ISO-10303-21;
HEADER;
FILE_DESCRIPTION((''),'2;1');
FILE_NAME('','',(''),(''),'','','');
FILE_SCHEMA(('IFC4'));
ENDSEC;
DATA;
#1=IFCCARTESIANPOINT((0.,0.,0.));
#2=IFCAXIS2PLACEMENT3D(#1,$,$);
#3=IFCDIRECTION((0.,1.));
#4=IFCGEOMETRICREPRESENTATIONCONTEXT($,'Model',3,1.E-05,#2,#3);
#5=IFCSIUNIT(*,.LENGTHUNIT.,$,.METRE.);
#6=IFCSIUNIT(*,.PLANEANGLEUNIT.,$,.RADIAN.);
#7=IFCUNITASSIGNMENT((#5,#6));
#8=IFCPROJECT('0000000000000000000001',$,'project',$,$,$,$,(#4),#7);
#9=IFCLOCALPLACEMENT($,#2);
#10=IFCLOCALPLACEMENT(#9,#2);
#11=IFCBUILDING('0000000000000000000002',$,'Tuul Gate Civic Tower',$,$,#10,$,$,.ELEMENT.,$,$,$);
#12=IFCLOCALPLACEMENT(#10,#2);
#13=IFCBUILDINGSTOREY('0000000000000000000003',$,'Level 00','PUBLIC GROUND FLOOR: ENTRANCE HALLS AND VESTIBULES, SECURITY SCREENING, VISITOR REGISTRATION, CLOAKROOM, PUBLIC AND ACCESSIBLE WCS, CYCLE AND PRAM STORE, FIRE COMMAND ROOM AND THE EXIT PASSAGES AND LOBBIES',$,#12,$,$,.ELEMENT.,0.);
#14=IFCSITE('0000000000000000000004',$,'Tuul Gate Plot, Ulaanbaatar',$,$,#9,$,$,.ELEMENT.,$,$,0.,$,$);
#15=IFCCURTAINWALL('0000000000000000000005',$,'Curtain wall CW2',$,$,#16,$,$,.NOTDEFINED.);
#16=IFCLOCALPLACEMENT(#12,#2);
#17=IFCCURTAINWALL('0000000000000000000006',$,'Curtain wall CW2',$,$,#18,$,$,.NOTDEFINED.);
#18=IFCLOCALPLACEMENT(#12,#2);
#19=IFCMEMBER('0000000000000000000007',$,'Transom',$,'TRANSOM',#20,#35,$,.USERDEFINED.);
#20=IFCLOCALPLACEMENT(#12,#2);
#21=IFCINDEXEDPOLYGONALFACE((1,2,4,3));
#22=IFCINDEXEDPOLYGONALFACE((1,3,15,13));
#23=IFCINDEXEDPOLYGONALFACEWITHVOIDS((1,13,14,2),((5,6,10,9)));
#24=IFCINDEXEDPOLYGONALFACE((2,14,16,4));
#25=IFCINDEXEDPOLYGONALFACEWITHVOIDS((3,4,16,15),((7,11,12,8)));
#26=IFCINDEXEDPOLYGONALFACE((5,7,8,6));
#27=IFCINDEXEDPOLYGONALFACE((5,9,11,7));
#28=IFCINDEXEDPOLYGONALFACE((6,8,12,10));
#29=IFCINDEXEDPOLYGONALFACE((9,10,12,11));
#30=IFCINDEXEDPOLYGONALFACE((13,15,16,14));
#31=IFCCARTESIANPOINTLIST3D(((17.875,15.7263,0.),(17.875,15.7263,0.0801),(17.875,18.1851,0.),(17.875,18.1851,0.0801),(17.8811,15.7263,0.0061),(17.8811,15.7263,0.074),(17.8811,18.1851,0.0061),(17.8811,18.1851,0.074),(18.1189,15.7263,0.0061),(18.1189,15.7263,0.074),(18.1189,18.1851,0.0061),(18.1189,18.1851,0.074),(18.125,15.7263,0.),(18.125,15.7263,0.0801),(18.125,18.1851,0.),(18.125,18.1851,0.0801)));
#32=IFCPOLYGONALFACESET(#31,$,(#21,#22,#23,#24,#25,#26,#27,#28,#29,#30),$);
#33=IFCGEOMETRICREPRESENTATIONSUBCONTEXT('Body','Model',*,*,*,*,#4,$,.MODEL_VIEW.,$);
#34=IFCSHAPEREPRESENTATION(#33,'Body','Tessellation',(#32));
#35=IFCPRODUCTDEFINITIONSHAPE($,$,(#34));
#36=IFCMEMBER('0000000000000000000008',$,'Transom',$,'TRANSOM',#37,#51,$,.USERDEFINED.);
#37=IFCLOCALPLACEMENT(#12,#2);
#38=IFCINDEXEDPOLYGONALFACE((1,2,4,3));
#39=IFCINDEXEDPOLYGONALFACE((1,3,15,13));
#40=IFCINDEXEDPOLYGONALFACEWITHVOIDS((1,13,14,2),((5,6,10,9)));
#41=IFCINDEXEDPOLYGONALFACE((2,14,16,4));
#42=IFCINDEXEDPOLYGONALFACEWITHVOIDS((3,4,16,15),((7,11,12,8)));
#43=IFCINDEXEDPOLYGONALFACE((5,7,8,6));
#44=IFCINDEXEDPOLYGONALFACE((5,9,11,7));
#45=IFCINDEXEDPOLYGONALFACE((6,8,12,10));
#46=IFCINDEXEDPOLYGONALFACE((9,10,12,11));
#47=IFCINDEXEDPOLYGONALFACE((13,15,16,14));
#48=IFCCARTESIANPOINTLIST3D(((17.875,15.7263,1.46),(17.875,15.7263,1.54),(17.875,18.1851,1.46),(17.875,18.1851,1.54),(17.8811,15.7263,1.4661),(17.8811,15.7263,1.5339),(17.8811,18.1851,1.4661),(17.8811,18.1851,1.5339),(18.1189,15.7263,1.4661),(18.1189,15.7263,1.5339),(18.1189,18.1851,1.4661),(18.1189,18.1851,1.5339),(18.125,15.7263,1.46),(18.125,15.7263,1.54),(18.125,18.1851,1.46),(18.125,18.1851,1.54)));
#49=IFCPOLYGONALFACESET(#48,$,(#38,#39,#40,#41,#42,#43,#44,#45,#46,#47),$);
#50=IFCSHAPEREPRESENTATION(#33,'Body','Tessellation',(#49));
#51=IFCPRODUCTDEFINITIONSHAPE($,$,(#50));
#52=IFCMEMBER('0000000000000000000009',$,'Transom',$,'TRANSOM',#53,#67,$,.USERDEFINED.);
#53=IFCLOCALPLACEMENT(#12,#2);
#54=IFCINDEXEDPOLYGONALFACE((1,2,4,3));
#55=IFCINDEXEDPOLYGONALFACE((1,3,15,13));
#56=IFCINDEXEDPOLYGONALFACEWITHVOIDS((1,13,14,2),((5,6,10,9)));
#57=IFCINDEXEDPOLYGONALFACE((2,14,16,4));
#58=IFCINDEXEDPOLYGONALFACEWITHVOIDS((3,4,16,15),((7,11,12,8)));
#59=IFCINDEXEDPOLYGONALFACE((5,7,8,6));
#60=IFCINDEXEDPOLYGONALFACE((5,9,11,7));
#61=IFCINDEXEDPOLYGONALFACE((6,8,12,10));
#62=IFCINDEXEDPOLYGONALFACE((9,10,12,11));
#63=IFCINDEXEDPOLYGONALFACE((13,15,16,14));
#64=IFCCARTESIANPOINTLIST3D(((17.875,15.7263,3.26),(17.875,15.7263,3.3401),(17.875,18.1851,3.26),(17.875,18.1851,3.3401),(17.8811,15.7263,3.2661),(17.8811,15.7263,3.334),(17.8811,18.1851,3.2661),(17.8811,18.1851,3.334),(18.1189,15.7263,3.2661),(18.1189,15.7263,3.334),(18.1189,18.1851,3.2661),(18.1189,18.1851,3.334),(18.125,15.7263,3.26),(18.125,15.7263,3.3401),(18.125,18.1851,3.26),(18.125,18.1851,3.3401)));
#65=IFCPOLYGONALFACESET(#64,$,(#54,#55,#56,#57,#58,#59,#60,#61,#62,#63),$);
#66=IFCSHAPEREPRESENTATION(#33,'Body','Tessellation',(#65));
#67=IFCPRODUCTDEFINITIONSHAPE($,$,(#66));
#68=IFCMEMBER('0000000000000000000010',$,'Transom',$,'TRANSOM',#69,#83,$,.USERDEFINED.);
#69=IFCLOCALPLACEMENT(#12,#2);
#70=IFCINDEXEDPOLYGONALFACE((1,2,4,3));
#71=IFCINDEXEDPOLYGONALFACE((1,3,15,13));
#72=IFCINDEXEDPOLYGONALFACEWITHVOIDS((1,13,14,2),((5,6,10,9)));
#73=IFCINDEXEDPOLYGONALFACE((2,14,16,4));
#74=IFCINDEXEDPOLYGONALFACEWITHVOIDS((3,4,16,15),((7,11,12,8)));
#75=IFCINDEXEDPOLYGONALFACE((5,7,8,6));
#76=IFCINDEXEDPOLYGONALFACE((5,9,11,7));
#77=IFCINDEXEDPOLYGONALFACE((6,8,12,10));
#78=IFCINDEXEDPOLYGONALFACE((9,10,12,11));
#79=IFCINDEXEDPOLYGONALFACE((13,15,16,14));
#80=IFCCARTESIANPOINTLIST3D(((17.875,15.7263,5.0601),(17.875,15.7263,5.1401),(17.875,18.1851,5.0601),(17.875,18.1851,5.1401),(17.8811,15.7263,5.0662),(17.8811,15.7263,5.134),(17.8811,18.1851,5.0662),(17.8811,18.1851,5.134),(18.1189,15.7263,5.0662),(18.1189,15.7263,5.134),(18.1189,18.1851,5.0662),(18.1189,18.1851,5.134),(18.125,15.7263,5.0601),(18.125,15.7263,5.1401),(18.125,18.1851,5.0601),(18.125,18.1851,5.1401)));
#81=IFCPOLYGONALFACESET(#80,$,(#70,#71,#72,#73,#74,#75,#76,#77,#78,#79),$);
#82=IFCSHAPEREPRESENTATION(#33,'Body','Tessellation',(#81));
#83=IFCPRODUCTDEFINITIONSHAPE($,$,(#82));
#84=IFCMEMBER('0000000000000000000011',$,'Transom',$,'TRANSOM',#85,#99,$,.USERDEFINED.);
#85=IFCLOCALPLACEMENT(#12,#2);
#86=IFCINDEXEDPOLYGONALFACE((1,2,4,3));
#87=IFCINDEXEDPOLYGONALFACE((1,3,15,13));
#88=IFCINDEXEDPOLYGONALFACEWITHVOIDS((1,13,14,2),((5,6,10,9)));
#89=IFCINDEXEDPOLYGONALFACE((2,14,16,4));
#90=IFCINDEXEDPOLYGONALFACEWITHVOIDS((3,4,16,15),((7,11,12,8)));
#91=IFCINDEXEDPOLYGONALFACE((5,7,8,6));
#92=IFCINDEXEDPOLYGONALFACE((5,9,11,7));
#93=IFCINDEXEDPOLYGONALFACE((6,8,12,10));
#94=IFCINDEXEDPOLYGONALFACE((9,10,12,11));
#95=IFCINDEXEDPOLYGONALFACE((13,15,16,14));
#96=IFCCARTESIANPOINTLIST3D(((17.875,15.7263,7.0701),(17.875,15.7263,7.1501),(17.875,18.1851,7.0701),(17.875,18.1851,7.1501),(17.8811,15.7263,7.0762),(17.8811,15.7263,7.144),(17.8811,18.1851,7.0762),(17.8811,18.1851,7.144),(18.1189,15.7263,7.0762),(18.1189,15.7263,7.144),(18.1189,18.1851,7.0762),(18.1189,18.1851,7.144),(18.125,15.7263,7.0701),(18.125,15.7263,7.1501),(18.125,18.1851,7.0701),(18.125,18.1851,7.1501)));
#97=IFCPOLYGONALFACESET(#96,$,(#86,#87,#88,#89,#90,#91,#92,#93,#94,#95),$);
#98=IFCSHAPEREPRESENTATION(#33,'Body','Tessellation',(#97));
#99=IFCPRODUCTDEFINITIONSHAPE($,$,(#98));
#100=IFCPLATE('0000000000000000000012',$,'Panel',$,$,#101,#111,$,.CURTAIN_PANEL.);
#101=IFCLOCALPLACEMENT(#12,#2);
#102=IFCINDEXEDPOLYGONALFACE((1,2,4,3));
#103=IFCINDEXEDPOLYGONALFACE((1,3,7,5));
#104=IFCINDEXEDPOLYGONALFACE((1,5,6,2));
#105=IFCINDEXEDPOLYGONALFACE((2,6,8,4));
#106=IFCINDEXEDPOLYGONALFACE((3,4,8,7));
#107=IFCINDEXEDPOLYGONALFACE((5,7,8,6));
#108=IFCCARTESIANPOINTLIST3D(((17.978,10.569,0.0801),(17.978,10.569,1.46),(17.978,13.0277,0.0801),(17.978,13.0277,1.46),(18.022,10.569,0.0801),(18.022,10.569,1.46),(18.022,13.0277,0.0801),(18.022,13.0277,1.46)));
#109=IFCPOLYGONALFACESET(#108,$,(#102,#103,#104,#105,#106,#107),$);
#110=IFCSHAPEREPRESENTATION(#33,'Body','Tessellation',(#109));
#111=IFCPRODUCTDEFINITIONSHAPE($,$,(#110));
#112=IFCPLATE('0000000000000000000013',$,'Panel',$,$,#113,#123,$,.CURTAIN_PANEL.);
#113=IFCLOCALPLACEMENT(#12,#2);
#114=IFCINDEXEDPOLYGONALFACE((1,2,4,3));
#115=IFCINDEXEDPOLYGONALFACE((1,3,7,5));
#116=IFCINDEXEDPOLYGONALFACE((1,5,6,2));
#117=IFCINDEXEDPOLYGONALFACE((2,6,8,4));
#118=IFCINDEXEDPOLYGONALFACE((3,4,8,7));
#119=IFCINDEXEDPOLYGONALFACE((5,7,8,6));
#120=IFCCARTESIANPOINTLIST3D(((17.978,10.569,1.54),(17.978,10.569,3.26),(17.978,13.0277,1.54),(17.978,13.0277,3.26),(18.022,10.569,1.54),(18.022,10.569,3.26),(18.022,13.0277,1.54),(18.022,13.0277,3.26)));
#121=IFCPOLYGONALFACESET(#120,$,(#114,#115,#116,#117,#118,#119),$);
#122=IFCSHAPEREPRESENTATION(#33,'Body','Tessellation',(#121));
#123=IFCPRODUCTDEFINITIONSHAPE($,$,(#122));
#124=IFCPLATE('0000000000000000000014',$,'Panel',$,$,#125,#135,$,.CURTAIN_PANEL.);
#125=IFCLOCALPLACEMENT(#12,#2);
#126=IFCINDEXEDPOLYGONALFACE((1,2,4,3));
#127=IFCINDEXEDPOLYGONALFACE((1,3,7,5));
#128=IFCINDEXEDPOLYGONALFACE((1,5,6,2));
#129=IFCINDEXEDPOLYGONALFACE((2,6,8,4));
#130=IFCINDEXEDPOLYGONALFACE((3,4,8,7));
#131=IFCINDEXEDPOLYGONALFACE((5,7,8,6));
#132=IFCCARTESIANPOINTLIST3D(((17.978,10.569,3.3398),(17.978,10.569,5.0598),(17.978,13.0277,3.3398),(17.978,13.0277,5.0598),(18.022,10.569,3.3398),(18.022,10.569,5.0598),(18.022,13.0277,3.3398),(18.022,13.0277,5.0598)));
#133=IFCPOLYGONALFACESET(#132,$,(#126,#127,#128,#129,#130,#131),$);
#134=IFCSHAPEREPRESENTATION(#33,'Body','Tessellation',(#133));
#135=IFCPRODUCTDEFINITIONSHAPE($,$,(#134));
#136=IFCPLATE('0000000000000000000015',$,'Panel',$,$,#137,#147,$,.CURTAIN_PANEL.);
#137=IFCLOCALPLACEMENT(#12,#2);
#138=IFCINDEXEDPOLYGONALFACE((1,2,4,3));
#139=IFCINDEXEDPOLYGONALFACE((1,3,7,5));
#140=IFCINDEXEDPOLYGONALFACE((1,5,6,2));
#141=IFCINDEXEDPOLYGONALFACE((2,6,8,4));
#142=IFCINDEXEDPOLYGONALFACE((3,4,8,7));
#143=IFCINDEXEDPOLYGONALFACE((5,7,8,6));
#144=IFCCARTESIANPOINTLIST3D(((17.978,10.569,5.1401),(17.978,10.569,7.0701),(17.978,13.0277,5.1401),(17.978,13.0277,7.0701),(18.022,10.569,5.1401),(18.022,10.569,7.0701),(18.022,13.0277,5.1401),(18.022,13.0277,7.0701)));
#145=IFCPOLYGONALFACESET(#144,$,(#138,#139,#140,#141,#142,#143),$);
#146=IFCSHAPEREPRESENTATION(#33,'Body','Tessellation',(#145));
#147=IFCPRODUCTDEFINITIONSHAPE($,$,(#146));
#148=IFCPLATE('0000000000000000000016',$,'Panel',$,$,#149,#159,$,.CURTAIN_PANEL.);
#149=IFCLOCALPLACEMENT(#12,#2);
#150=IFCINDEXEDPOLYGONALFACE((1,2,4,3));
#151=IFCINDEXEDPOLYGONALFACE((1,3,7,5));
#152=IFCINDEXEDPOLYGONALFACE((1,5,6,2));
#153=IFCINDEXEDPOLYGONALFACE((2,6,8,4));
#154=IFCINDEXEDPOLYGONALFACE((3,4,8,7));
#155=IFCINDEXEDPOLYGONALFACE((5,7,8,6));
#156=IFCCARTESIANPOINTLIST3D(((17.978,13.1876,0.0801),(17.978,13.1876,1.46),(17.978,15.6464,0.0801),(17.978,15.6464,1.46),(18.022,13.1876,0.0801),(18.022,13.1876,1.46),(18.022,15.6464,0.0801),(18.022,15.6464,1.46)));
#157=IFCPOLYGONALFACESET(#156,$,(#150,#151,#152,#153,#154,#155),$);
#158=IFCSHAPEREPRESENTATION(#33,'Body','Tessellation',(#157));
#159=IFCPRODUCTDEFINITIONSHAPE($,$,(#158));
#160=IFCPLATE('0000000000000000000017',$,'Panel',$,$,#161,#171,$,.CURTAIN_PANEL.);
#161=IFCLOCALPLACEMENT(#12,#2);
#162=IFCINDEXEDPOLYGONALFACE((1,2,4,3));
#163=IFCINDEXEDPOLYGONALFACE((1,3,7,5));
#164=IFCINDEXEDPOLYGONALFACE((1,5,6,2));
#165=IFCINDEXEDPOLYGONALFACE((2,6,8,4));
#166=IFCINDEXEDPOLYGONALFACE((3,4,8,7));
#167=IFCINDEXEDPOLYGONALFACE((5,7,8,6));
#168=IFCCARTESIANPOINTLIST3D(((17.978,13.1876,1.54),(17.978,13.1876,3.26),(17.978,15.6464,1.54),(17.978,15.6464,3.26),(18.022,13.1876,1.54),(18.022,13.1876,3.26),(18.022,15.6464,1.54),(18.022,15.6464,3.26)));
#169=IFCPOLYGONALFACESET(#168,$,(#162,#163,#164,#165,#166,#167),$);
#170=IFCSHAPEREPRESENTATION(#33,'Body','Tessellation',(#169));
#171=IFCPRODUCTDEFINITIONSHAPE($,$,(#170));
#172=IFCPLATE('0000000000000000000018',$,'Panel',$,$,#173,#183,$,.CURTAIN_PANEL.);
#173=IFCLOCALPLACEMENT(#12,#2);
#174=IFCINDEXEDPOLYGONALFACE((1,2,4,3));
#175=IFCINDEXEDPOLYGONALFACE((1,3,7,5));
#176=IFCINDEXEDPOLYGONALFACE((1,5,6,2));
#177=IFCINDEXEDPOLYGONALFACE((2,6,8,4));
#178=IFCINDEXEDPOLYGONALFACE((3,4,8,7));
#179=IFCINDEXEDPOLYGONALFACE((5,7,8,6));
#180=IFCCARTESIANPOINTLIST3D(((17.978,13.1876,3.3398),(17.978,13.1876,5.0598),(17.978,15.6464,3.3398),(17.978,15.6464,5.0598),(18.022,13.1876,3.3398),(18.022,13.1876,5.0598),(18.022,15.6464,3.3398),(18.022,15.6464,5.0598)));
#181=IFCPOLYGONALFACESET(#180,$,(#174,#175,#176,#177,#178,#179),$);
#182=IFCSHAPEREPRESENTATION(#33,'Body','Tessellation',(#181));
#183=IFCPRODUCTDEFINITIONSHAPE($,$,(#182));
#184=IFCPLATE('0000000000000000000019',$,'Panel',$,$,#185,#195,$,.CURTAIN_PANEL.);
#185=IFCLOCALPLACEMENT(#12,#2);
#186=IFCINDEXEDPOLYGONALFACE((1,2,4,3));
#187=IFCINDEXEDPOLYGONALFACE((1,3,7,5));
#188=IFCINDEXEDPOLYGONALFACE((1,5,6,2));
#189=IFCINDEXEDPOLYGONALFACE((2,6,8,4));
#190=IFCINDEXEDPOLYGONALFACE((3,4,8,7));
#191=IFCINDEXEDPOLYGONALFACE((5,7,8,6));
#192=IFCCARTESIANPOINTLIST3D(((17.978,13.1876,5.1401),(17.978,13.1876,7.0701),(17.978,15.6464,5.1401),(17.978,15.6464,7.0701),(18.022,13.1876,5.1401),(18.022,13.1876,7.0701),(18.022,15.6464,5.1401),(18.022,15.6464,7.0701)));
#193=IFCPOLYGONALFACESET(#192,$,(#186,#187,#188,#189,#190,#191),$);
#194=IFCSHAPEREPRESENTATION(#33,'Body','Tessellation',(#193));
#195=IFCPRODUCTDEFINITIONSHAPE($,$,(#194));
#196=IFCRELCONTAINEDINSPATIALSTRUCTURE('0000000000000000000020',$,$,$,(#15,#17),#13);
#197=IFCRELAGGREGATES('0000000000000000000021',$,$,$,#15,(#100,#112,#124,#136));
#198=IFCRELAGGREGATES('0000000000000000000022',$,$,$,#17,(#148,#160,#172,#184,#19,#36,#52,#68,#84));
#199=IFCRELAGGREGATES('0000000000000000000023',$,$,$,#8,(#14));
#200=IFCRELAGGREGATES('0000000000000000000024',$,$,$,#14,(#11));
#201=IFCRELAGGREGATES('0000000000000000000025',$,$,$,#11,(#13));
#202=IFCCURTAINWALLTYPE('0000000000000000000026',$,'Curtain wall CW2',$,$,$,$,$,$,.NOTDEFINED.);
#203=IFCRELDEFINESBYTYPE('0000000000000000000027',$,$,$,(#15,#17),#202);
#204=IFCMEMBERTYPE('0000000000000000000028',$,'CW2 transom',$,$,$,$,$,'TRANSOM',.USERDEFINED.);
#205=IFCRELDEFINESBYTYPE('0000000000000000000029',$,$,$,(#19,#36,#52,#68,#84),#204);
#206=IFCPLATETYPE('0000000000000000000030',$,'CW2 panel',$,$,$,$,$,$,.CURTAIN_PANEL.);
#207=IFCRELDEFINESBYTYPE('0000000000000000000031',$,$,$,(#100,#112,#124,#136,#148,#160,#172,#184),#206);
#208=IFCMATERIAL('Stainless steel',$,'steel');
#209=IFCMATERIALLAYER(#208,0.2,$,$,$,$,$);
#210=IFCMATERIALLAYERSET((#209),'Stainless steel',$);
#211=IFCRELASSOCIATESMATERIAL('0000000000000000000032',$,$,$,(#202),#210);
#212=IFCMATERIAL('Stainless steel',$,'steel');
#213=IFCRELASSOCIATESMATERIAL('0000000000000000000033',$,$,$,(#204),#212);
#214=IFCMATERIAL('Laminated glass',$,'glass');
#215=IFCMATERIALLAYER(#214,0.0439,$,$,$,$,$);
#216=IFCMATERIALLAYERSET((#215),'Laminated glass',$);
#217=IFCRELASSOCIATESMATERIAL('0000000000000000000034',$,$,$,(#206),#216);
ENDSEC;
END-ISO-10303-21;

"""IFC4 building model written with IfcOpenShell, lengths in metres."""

from ifc_helpers import new_model, si_unit, direction, frame, origin, origin_2d, place, context, subcontext, project, spatial, rectangle, hollow_rectangle, extrude, material, layer, layer_set, material_profile, profile_set, type_object, element, aggregate, save


model = new_model("IFC4")

# Units and contexts
model_context = context("Model", 3, precision=1e-05, world=origin(), true_north=direction((0.0, 1.0)))
body_context = subcontext(model_context, "Body", "Model", "MODEL_VIEW")
ifc_project = project(units=[si_unit("LENGTHUNIT", "METRE"), si_unit("PLANEANGLEUNIT", "RADIAN")], contexts=[model_context])

# Site, building, storey
site_placement = place(None, origin())
site = spatial("IfcSite", under=ifc_project, at=site_placement, Name="Tuul Gate Plot, Ulaanbaatar", CompositionType="ELEMENT", RefElevation=0.0)
building_placement = place(site_placement, origin())
building = spatial("IfcBuilding", under=site, at=building_placement, Name="Tuul Gate Civic Tower", CompositionType="ELEMENT")
storey_placement = place(building_placement, origin())
storey = spatial("IfcBuildingStorey", under=building, at=storey_placement, Name="Level 00", Description="PUBLIC GROUND FLOOR: ENTRANCE HALLS AND VESTIBULES, SECURITY SCREENING, VISITOR REGISTRATION, CLOAKROOM, PUBLIC AND ACCESSIBLE WCS, CYCLE AND PRAM STORE, FIRE COMMAND ROOM AND THE EXIT PASSAGES AND LOBBIES", CompositionType="ELEMENT", Elevation=0.0)

# Curtain wall
ifc_material_1 = material(Name="Stainless steel", Category="steel")
ifc_layer_1 = layer(ifc_material_1, 0.2)
ifc_layer_set_1 = layer_set([ifc_layer_1], Name="Stainless steel")
curtain_wall_type = type_object("IfcCurtainWallType", Name="Curtain wall CW2", PredefinedType="NOTDEFINED", material=ifc_layer_set_1)
curtain_wall_1_placement = place(storey_placement, origin())
curtain_wall_1 = element("IfcCurtainWall", 1, at=curtain_wall_1_placement, inside=storey, type_object=curtain_wall_type, Name="Curtain wall CW2", PredefinedType="NOTDEFINED")

# Curtain wall
curtain_wall_2_placement = place(storey_placement, origin())
curtain_wall_2 = element("IfcCurtainWall", 2, at=curtain_wall_2_placement, inside=storey, type_object=curtain_wall_type, Name="Curtain wall CW2", PredefinedType="NOTDEFINED")

# Members
ifc_material_2 = material(Name="Stainless steel", Category="steel")
ifc_material_profile_1 = material_profile(ifc_material_2, hollow_rectangle(XDim=0.25, YDim=0.0801, WallThickness=0.0061, at=origin_2d()), Name="CW2 transom")
ifc_profile_set_1 = profile_set([ifc_material_profile_1], Name="Stainless steel")
member_type_1 = type_object("IfcMemberType", Name="CW2 transom", ElementType="TRANSOM", PredefinedType="USERDEFINED", material=ifc_profile_set_1)
member_1_placement = place(storey_placement, frame((18.0, 15.7263, 0.04), z_axis=(0.0, 1.0, 0.0), x_axis=(-1.0, 0.0, 0.0)))
member_1 = element("IfcMember", 3, at=member_1_placement, type_object=member_type_1, Name="Transom", ObjectType="TRANSOM", PredefinedType="USERDEFINED", context=body_context, shape_type="SweptSolid", body=[
    extrude(hollow_rectangle(XDim=0.25, YDim=0.0801, WallThickness=0.0061, at=origin_2d()), origin(), (0.0, 0.0, 1.0), 2.4587),
])
member_2_placement = place(storey_placement, frame((18.0, 15.7263, 1.5), z_axis=(0.0, 1.0, 0.0), x_axis=(-1.0, 0.0, 0.0)))
member_2 = element("IfcMember", 4, at=member_2_placement, type_object=member_type_1, Name="Transom", ObjectType="TRANSOM", PredefinedType="USERDEFINED", context=body_context, shape_type="SweptSolid", body=[
    extrude(hollow_rectangle(XDim=0.25, YDim=0.0801, WallThickness=0.0061, at=origin_2d()), origin(), (0.0, 0.0, 1.0), 2.4587),
])
member_3_placement = place(storey_placement, frame((18.0, 15.7263, 3.3), z_axis=(0.0, 1.0, 0.0), x_axis=(-1.0, 0.0, 0.0)))
member_3 = element("IfcMember", 5, at=member_3_placement, type_object=member_type_1, Name="Transom", ObjectType="TRANSOM", PredefinedType="USERDEFINED", context=body_context, shape_type="SweptSolid", body=[
    extrude(hollow_rectangle(XDim=0.25, YDim=0.0801, WallThickness=0.0061, at=origin_2d()), origin(), (0.0, 0.0, 1.0), 2.4587),
])
member_4_placement = place(storey_placement, frame((18.0, 15.7263, 5.1001), z_axis=(0.0, 1.0, 0.0), x_axis=(-1.0, 0.0, 0.0)))
member_4 = element("IfcMember", 6, at=member_4_placement, type_object=member_type_1, Name="Transom", ObjectType="TRANSOM", PredefinedType="USERDEFINED", context=body_context, shape_type="SweptSolid", body=[
    extrude(hollow_rectangle(XDim=0.25, YDim=0.0801, WallThickness=0.0061, at=origin_2d()), origin(), (0.0, 0.0, 1.0), 2.4587),
])
member_5_placement = place(storey_placement, frame((18.0, 15.7263, 7.1101), z_axis=(0.0, 1.0, 0.0), x_axis=(-1.0, 0.0, 0.0)))
member_5 = element("IfcMember", 7, at=member_5_placement, type_object=member_type_1, Name="Transom", ObjectType="TRANSOM", PredefinedType="USERDEFINED", context=body_context, shape_type="SweptSolid", body=[
    extrude(hollow_rectangle(XDim=0.25, YDim=0.0801, WallThickness=0.0061, at=origin_2d()), origin(), (0.0, 0.0, 1.0), 2.4587),
])

# Plates
ifc_material_3 = material(Name="Laminated glass", Category="glass")
ifc_layer_2 = layer(ifc_material_3, 0.0439)
ifc_layer_set_2 = layer_set([ifc_layer_2], Name="Laminated glass")
plate_type = type_object("IfcPlateType", Name="CW2 panel", PredefinedType="CURTAIN_PANEL", material=ifc_layer_set_2)
plate_1_placement = place(storey_placement, frame((18.0, 11.7983, 0.0801), z_axis=(0.0, 0.0, 1.0), x_axis=(0.0, 1.0, 0.0)))
plate_1 = element("IfcPlate", 8, at=plate_1_placement, type_object=plate_type, Name="Panel", PredefinedType="CURTAIN_PANEL", context=body_context, shape_type="SweptSolid", body=[
    extrude(rectangle(XDim=2.4587, YDim=0.0439, at=origin_2d()), origin(), (0.0, 0.0, 1.0), 1.3799),
])
plate_2_placement = place(storey_placement, frame((18.0, 11.7983, 1.54), z_axis=(0.0, 0.0, 1.0), x_axis=(0.0, 1.0, 0.0)))
plate_2 = element("IfcPlate", 9, at=plate_2_placement, type_object=plate_type, Name="Panel", PredefinedType="CURTAIN_PANEL", context=body_context, shape_type="SweptSolid", body=[
    extrude(rectangle(XDim=2.4587, YDim=0.0439, at=origin_2d()), origin(), (0.0, 0.0, 1.0), 1.72),
])
plate_3_placement = place(storey_placement, frame((18.0, 11.7983, 3.3398), z_axis=(0.0, 0.0, 1.0), x_axis=(0.0, 1.0, 0.0)))
plate_3 = element("IfcPlate", 10, at=plate_3_placement, type_object=plate_type, Name="Panel", PredefinedType="CURTAIN_PANEL", context=body_context, shape_type="SweptSolid", body=[
    extrude(rectangle(XDim=2.4587, YDim=0.0439, at=origin_2d()), origin(), (0.0, 0.0, 1.0), 1.72),
])
plate_4_placement = place(storey_placement, frame((18.0, 11.7983, 5.1401), z_axis=(0.0, 0.0, 1.0), x_axis=(0.0, 1.0, 0.0)))
plate_4 = element("IfcPlate", 11, at=plate_4_placement, type_object=plate_type, Name="Panel", PredefinedType="CURTAIN_PANEL", context=body_context, shape_type="SweptSolid", body=[
    extrude(rectangle(XDim=2.4587, YDim=0.0439, at=origin_2d()), origin(), (0.0, 0.0, 1.0), 1.9299),
])
aggregate(curtain_wall_1, [plate_1, plate_2, plate_3, plate_4])
plate_5_placement = place(storey_placement, frame((18.0, 14.417, 0.0801), z_axis=(0.0, 0.0, 1.0), x_axis=(0.0, 1.0, 0.0)))
plate_5 = element("IfcPlate", 12, at=plate_5_placement, type_object=plate_type, Name="Panel", PredefinedType="CURTAIN_PANEL", context=body_context, shape_type="SweptSolid", body=[
    extrude(rectangle(XDim=2.4587, YDim=0.0439, at=origin_2d()), origin(), (0.0, 0.0, 1.0), 1.3799),
])
plate_6_placement = place(storey_placement, frame((18.0, 14.417, 1.54), z_axis=(0.0, 0.0, 1.0), x_axis=(0.0, 1.0, 0.0)))
plate_6 = element("IfcPlate", 13, at=plate_6_placement, type_object=plate_type, Name="Panel", PredefinedType="CURTAIN_PANEL", context=body_context, shape_type="SweptSolid", body=[
    extrude(rectangle(XDim=2.4587, YDim=0.0439, at=origin_2d()), origin(), (0.0, 0.0, 1.0), 1.72),
])
plate_7_placement = place(storey_placement, frame((18.0, 14.417, 3.3398), z_axis=(0.0, 0.0, 1.0), x_axis=(0.0, 1.0, 0.0)))
plate_7 = element("IfcPlate", 14, at=plate_7_placement, type_object=plate_type, Name="Panel", PredefinedType="CURTAIN_PANEL", context=body_context, shape_type="SweptSolid", body=[
    extrude(rectangle(XDim=2.4587, YDim=0.0439, at=origin_2d()), origin(), (0.0, 0.0, 1.0), 1.72),
])
plate_8_placement = place(storey_placement, frame((18.0, 14.417, 5.1401), z_axis=(0.0, 0.0, 1.0), x_axis=(0.0, 1.0, 0.0)))
plate_8 = element("IfcPlate", 15, at=plate_8_placement, type_object=plate_type, Name="Panel", PredefinedType="CURTAIN_PANEL", context=body_context, shape_type="SweptSolid", body=[
    extrude(rectangle(XDim=2.4587, YDim=0.0439, at=origin_2d()), origin(), (0.0, 0.0, 1.0), 1.9299),
])
aggregate(curtain_wall_2, [plate_5, plate_6, plate_7, plate_8, member_1, member_2, member_3, member_4, member_5])

save(model, "model.ifc")
